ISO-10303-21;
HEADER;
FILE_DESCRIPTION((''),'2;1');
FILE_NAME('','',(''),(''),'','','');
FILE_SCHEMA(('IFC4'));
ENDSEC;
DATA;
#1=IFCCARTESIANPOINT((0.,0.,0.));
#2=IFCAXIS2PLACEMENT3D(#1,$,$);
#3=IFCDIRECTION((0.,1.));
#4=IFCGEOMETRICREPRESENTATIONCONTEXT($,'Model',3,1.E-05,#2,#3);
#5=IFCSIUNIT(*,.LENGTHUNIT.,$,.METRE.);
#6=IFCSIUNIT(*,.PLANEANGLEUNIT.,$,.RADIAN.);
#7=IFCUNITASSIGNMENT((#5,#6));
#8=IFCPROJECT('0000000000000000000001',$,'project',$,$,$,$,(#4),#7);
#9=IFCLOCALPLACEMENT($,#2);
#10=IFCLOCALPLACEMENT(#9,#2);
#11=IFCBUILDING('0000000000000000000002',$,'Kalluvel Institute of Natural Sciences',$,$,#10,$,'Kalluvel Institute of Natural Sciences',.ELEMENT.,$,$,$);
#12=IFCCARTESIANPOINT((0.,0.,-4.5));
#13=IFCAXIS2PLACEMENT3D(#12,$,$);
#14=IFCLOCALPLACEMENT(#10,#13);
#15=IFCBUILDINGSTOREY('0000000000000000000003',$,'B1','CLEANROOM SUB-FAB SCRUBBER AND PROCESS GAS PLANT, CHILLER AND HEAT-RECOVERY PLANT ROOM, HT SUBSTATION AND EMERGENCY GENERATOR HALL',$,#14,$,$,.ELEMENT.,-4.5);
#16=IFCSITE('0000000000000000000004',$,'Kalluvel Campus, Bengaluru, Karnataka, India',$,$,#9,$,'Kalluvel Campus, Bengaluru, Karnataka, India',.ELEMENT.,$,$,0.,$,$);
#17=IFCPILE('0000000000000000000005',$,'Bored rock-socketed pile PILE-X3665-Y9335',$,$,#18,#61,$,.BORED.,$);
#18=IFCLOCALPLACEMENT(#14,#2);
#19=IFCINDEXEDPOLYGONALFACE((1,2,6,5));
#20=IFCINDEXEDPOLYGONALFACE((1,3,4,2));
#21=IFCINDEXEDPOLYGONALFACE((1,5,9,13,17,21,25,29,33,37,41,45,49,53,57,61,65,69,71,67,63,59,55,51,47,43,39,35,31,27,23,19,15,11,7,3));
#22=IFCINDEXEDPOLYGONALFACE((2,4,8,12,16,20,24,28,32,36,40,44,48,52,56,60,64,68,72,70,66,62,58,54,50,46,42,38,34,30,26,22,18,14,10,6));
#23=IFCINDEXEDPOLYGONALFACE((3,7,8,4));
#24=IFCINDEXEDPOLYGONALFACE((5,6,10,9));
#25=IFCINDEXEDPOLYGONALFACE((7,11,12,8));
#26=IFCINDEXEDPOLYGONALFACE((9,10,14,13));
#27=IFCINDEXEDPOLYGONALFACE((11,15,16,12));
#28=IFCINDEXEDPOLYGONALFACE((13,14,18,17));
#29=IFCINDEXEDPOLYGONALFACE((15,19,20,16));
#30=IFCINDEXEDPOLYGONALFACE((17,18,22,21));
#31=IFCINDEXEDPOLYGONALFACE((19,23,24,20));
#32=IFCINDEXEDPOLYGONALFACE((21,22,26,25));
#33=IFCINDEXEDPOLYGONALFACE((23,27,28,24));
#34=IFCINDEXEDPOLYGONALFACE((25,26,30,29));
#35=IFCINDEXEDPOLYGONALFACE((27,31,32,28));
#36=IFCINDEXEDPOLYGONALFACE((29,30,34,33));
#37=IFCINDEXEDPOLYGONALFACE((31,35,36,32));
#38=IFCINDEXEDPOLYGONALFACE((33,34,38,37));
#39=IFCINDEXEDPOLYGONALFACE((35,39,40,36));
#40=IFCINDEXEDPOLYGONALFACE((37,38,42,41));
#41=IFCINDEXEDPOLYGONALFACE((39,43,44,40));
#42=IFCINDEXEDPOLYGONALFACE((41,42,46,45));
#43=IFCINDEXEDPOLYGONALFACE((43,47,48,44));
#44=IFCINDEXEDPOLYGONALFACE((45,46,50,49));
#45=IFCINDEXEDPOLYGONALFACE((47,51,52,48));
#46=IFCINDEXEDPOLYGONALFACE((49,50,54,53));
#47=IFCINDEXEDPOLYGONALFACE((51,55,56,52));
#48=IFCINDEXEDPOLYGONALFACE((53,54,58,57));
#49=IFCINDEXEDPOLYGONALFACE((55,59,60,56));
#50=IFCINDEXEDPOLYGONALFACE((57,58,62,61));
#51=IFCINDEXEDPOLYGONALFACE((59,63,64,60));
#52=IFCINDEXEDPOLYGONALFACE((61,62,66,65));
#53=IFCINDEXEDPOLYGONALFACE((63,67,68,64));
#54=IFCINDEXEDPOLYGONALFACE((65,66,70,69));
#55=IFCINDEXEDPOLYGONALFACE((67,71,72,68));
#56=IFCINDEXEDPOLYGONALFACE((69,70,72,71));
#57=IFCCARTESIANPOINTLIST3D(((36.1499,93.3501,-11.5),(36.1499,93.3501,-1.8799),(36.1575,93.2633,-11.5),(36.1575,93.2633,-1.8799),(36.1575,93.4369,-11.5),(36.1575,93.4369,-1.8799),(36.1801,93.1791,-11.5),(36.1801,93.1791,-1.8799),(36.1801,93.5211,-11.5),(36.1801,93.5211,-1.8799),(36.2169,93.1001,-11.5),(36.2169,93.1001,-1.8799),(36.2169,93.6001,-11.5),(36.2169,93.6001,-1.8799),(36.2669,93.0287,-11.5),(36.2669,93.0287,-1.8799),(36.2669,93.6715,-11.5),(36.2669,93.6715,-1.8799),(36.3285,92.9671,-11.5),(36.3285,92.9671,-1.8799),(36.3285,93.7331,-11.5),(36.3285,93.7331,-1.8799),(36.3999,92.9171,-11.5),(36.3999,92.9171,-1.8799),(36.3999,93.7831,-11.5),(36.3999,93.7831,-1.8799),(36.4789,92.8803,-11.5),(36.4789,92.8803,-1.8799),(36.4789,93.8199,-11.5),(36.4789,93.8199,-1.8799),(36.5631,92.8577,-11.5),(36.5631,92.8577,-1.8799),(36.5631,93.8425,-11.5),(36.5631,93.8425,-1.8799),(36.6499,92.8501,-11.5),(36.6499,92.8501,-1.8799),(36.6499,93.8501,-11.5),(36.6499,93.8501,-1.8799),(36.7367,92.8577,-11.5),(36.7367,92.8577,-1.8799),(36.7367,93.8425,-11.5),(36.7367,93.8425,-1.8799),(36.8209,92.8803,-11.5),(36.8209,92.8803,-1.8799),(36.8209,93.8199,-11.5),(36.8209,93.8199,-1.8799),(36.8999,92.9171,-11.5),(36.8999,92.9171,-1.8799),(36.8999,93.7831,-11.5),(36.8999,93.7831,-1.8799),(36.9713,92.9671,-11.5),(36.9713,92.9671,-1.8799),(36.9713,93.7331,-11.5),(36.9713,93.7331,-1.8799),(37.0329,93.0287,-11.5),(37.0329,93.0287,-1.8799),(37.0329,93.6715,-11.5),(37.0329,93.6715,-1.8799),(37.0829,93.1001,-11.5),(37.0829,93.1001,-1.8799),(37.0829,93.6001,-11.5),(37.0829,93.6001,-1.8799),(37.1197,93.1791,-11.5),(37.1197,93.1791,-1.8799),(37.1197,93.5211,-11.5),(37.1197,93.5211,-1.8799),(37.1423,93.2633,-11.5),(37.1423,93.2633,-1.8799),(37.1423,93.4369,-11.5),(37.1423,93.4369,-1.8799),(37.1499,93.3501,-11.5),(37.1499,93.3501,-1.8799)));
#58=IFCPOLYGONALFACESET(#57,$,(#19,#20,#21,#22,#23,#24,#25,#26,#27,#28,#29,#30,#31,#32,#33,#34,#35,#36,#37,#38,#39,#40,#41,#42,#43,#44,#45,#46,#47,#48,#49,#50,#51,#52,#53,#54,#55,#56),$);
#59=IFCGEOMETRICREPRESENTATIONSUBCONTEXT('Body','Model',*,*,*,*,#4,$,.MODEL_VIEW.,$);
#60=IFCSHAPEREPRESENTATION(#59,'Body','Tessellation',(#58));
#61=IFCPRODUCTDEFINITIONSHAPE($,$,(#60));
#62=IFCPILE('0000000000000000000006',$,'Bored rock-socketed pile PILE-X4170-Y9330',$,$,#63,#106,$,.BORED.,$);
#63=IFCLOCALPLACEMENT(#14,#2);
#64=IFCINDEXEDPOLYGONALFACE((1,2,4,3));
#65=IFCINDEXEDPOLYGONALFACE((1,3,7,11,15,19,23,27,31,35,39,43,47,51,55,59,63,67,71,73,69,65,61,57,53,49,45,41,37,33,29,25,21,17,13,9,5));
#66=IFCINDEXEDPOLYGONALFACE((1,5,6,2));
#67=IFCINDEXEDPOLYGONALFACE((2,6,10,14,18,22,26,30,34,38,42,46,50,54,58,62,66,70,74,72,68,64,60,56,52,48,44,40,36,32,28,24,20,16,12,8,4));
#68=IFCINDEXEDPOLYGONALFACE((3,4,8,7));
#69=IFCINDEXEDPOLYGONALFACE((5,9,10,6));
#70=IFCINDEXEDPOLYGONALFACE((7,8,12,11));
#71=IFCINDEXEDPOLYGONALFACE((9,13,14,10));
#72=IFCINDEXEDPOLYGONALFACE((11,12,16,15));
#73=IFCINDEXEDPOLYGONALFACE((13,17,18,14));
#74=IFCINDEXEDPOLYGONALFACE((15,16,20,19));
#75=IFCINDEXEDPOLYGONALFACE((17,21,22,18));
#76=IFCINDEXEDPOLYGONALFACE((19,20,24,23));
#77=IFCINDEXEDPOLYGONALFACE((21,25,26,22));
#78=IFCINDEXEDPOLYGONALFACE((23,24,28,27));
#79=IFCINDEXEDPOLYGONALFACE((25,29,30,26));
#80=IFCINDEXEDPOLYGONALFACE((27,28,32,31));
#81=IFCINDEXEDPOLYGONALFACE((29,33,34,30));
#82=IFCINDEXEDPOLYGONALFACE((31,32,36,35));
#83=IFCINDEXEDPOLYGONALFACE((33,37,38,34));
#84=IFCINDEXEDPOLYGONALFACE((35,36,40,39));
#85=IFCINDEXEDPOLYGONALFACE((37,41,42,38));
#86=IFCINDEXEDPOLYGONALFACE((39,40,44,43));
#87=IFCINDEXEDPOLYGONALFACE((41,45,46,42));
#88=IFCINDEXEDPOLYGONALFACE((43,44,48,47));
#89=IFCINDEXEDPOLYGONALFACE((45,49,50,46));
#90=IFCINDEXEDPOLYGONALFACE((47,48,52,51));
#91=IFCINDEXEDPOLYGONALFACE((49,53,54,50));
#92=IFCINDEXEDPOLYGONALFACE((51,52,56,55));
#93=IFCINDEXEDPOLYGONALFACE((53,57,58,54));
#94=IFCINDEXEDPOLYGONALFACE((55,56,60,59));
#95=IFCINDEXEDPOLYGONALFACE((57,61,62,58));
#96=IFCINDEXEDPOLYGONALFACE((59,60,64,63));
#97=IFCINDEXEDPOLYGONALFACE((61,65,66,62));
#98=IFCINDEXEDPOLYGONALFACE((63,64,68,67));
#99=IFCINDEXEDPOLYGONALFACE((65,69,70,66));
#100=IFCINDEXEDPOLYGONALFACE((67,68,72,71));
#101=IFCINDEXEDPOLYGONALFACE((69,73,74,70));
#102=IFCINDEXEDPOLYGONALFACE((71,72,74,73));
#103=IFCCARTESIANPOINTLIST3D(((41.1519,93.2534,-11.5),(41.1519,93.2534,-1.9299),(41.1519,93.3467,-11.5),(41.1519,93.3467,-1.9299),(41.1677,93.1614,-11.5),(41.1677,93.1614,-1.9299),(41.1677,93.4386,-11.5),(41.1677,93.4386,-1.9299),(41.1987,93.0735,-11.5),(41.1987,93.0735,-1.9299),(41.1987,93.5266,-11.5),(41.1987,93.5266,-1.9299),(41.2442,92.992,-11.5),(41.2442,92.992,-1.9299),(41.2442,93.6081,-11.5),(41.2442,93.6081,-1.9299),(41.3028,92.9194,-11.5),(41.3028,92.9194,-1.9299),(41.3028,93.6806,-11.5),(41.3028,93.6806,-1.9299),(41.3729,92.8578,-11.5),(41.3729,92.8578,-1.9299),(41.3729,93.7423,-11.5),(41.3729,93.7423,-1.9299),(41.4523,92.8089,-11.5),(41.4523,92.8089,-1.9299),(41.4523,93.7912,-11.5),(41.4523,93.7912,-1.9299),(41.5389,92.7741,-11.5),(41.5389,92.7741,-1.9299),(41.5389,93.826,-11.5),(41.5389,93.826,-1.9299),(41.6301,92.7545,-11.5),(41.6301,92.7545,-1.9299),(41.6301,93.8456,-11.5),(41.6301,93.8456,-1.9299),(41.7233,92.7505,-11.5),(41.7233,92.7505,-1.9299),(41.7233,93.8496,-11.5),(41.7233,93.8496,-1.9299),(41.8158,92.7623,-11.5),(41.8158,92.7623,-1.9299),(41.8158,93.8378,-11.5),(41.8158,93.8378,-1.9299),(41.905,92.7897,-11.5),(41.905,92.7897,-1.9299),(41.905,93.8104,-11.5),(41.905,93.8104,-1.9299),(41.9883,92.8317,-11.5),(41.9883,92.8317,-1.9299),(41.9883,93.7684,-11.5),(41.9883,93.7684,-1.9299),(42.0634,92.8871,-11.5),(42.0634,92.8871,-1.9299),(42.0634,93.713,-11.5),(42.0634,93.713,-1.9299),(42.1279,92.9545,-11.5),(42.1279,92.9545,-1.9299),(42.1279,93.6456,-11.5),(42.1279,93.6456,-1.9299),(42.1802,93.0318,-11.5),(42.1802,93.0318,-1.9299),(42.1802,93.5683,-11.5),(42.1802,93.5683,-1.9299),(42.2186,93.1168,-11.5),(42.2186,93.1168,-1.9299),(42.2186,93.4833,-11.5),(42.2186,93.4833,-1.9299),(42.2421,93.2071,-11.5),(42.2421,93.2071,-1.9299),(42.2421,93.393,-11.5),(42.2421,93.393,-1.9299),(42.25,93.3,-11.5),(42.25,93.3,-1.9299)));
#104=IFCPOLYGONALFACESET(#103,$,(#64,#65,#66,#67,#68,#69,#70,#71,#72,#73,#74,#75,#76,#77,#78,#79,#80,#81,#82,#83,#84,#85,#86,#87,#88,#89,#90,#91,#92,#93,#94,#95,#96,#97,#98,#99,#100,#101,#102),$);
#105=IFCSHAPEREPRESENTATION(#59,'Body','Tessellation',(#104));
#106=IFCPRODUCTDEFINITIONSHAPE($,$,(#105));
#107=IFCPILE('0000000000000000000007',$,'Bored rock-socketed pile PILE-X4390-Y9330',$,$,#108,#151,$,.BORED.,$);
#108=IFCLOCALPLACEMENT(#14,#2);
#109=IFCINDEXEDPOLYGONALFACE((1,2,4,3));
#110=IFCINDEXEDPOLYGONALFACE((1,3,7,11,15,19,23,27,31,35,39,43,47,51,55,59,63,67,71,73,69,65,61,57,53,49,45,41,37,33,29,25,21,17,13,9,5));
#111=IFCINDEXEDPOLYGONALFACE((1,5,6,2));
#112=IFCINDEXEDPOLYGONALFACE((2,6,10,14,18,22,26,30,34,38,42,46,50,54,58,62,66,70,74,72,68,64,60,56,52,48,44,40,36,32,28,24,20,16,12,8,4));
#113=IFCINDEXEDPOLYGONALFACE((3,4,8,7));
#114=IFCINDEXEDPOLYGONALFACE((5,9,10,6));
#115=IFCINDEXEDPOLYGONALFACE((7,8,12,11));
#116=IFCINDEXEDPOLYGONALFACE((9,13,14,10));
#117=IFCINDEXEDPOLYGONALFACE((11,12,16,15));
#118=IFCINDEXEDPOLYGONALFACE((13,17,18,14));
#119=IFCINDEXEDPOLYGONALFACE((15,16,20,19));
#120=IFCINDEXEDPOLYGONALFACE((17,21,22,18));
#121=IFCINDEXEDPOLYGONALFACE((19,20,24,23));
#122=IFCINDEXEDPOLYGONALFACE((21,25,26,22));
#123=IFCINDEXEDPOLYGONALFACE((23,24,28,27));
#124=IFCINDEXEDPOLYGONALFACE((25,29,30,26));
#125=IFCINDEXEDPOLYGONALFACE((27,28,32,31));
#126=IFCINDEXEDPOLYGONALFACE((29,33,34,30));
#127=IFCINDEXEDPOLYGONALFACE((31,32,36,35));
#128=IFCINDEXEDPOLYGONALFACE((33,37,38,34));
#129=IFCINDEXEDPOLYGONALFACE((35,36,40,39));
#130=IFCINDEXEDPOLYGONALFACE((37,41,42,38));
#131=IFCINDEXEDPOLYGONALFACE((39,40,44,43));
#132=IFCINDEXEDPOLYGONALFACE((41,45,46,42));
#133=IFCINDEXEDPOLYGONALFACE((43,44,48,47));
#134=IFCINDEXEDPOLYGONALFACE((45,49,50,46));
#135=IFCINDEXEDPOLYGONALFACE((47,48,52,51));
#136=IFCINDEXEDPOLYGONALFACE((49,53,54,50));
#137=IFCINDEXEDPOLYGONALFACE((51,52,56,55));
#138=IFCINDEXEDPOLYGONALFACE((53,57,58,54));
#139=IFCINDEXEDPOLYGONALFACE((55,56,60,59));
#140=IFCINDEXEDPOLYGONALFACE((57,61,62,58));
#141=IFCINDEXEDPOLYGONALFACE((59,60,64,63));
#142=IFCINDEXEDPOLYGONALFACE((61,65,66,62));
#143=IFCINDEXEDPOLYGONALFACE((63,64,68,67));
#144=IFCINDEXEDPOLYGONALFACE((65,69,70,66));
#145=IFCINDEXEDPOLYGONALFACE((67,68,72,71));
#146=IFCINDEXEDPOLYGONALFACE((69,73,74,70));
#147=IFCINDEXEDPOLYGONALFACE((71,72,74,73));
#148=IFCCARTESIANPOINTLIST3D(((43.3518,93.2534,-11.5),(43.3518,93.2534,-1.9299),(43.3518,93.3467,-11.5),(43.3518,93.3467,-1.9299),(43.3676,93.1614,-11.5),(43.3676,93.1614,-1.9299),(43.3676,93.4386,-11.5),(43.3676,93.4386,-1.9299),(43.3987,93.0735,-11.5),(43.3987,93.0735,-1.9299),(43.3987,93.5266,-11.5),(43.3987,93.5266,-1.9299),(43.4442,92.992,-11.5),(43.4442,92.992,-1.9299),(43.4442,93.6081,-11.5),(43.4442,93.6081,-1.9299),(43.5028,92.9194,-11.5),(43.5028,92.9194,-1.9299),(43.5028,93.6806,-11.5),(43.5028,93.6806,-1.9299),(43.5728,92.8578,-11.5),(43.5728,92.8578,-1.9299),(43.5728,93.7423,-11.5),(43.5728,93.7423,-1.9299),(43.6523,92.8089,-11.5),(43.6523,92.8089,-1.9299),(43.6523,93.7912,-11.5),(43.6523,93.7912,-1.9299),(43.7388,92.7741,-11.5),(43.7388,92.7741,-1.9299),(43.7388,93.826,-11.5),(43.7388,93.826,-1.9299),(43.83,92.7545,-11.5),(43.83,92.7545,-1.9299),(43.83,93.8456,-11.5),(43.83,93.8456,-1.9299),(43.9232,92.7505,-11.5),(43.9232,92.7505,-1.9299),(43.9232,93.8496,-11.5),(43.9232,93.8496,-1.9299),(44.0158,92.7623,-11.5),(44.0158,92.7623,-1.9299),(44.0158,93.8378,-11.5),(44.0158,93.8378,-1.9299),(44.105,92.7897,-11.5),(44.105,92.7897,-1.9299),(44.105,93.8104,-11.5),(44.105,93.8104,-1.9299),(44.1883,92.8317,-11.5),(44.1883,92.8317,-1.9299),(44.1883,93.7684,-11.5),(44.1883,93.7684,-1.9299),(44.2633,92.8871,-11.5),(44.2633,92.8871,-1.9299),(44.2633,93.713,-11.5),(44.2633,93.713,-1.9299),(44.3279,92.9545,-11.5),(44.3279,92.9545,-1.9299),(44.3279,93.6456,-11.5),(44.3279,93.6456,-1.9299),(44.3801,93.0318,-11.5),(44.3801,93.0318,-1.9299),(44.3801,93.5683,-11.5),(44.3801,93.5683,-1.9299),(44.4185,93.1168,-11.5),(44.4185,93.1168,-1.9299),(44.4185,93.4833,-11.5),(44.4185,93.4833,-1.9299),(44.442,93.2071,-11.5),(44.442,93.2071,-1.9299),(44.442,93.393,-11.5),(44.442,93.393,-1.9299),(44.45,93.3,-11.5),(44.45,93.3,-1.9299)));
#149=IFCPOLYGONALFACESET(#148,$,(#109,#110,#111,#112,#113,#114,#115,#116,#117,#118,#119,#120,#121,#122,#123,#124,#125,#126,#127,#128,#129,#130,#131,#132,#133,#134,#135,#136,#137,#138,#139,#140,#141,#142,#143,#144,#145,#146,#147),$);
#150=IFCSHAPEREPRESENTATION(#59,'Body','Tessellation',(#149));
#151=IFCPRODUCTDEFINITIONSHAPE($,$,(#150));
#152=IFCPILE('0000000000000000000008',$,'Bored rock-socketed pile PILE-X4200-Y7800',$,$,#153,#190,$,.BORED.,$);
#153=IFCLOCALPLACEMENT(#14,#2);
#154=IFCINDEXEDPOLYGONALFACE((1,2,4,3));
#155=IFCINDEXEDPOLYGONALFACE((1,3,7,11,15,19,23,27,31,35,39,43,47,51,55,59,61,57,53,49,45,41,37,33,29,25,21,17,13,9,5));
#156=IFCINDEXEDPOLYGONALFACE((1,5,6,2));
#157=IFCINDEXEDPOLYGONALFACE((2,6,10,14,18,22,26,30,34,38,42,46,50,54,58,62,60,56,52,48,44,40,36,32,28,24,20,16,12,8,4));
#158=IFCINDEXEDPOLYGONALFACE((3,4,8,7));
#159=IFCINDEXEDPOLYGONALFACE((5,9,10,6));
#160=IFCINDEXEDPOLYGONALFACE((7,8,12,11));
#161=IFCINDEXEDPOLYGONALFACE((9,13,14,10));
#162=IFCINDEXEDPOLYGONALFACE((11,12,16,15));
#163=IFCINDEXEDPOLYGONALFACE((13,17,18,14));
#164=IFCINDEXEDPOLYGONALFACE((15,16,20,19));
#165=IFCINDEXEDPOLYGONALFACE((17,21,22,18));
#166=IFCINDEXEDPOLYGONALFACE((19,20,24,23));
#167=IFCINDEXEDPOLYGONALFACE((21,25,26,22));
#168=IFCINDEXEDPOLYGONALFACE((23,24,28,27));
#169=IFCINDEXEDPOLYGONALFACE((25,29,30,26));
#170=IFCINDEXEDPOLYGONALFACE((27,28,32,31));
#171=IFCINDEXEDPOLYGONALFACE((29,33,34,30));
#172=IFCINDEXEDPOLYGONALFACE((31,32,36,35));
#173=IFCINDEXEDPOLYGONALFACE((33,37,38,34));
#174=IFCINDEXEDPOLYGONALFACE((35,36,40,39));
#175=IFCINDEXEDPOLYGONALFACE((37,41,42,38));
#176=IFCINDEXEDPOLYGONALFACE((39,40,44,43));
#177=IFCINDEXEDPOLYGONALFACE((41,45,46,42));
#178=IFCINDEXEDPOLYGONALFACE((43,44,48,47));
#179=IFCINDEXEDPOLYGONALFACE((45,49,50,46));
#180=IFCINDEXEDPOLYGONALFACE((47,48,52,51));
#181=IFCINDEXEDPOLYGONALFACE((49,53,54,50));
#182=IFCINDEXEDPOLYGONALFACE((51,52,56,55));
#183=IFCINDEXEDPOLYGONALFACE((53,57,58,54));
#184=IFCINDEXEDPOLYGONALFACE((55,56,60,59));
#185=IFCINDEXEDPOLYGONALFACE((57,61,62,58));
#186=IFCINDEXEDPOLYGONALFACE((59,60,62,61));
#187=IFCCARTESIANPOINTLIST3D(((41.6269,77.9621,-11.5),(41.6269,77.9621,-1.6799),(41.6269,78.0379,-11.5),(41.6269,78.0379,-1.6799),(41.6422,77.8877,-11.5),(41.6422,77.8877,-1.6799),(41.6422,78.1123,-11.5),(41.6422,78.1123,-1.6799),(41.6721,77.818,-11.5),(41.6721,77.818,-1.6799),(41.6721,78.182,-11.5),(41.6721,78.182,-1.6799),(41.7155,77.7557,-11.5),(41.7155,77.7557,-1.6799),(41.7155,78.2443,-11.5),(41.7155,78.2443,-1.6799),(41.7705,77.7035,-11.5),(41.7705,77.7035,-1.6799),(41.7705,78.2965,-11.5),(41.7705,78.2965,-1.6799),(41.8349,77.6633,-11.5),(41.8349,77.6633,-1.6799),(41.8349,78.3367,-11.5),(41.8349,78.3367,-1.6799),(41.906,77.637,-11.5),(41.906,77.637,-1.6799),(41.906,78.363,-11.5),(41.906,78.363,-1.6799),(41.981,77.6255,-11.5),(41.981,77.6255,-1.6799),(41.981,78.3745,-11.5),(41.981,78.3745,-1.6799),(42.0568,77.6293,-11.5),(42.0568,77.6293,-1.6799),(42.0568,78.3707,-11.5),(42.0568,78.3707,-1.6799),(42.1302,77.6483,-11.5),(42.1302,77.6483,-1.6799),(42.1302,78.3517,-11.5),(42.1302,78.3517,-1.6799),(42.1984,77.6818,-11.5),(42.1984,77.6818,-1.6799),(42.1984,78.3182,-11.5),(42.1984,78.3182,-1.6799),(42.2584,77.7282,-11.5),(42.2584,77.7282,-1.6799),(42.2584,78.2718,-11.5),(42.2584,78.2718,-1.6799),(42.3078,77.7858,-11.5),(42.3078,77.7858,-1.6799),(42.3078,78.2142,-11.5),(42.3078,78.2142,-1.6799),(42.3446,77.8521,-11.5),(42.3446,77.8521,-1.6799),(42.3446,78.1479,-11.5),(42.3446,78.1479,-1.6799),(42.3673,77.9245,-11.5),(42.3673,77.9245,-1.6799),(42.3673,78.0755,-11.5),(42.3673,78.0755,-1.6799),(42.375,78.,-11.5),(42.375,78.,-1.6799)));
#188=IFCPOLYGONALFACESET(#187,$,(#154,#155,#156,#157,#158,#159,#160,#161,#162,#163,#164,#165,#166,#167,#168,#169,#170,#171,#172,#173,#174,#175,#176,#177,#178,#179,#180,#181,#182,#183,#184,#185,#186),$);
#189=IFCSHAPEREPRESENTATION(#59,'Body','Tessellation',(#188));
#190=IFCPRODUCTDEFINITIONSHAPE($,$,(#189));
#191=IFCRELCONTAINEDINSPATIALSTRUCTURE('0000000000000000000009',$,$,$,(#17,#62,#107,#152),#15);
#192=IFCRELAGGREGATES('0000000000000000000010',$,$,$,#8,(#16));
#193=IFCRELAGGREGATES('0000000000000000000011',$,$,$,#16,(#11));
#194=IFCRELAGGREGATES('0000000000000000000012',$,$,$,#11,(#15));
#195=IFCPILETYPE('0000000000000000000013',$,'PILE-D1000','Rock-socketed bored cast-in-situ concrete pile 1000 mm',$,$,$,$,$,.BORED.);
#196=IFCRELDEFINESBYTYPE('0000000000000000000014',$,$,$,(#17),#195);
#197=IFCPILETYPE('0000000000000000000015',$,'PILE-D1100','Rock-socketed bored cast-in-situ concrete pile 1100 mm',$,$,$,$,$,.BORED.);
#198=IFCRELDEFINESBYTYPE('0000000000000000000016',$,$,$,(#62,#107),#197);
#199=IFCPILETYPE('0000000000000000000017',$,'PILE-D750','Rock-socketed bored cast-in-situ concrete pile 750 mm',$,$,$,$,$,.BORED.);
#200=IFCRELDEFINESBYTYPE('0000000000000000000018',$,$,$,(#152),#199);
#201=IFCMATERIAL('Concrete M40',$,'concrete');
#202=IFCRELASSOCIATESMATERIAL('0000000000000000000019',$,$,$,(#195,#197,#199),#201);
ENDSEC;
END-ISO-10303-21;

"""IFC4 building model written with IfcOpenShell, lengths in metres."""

from ifc_helpers import new_model, si_unit, direction, frame, origin, origin_2d, place, context, subcontext, project, spatial, circle, extrude, material, material_profile, profile_set, type_object, element, save


model = new_model("IFC4")

# Units and contexts
model_context = context("Model", 3, precision=1e-05, world=origin(), true_north=direction((0.0, 1.0)))
body_context = subcontext(model_context, "Body", "Model", "MODEL_VIEW")
ifc_project = project(units=[si_unit("LENGTHUNIT", "METRE"), si_unit("PLANEANGLEUNIT", "RADIAN")], contexts=[model_context])

# Site, building, storey
site_placement = place(None, origin())
site = spatial("IfcSite", under=ifc_project, at=site_placement, Name="Kalluvel Campus, Bengaluru, Karnataka, India", LongName="Kalluvel Campus, Bengaluru, Karnataka, India", CompositionType="ELEMENT", RefElevation=0.0)
building_placement = place(site_placement, origin())
building = spatial("IfcBuilding", under=site, at=building_placement, Name="Kalluvel Institute of Natural Sciences", LongName="Kalluvel Institute of Natural Sciences", CompositionType="ELEMENT")
storey_placement = place(building_placement, frame((0.0, 0.0, -4.5)))
storey = spatial("IfcBuildingStorey", under=building, at=storey_placement, Name="B1", Description="CLEANROOM SUB-FAB SCRUBBER AND PROCESS GAS PLANT, CHILLER AND HEAT-RECOVERY PLANT ROOM, HT SUBSTATION AND EMERGENCY GENERATOR HALL", CompositionType="ELEMENT", Elevation=-4.5)

# Shared definitions
ifc_material_1 = material(Name="Concrete M40", Category="concrete")

# Piles
ifc_material_profile_1 = material_profile(ifc_material_1, circle(Radius=0.5, at=origin_2d()), Name="PILE D1000")
ifc_profile_set_1 = profile_set([ifc_material_profile_1], Name="Concrete M40")
pile_type_1 = type_object("IfcPileType", Name="PILE-D1000", Description="Rock-socketed bored cast-in-situ concrete pile 1000 mm", PredefinedType="BORED", material=ifc_profile_set_1)
pile_placement = place(storey_placement, frame((36.6499, 93.3501, -1.8799), z_axis=(0.0, 0.0, -1.0), x_axis=(1.0, 0.0, 0.0)))
element("IfcPile", 1, at=pile_placement, inside=storey, type_object=pile_type_1, Name="Bored rock-socketed pile PILE-X3665-Y9335", PredefinedType="BORED", context=body_context, shape_type="SweptSolid", body=[
    extrude(circle(Radius=0.5, at=origin_2d()), origin(), (0.0, 0.0, 1.0), 9.6201),
])
ifc_material_profile_2 = material_profile(ifc_material_1, circle(Radius=0.55, at=origin_2d()), Name="PILE D1100")
ifc_profile_set_2 = profile_set([ifc_material_profile_2], Name="Concrete M40")
pile_type_2 = type_object("IfcPileType", Name="PILE-D1100", Description="Rock-socketed bored cast-in-situ concrete pile 1100 mm", PredefinedType="BORED", material=ifc_profile_set_2)
for number, where, z_axis, x_axis, name in (
    (2, (41.7, 93.3, -1.9299), (0.0, 0.0, -1.0), (1.0, 0.0, 0.0), "Bored rock-socketed pile PILE-X4170-Y9330"),
    (3, (43.8999, 93.3, -1.9299), (0.0, 0.0, -1.0), (1.0, 0.0, 0.0), "Bored rock-socketed pile PILE-X4390-Y9330"),
):
    element("IfcPile", number, at=place(storey_placement, frame(where, z_axis=z_axis, x_axis=x_axis)), inside=storey, type_object=pile_type_2, Name=name, PredefinedType="BORED", context=body_context, shape_type="SweptSolid", body=[
        extrude(circle(Radius=0.55, at=origin_2d()), origin(), (0.0, 0.0, 1.0), 9.5701),
    ])
ifc_material_profile_3 = material_profile(ifc_material_1, circle(Radius=0.375, at=origin_2d()), Name="PILE D750")
ifc_profile_set_3 = profile_set([ifc_material_profile_3], Name="Concrete M40")
pile_type_3 = type_object("IfcPileType", Name="PILE-D750", Description="Rock-socketed bored cast-in-situ concrete pile 750 mm", PredefinedType="BORED", material=ifc_profile_set_3)
for number, where, z_axis, x_axis, name in (
    (4, (42.0, 78.0, -1.6799), (0.0, 0.0, -1.0), (1.0, 0.0, 0.0), "Bored rock-socketed pile PILE-X4200-Y7800"),
):
    element("IfcPile", number, at=place(storey_placement, frame(where, z_axis=z_axis, x_axis=x_axis)), inside=storey, type_object=pile_type_3, Name=name, PredefinedType="BORED", context=body_context, shape_type="SweptSolid", body=[
        extrude(circle(Radius=0.375, at=origin_2d()), origin(), (0.0, 0.0, 1.0), 9.8201),
    ])

save(model, "model.ifc")
